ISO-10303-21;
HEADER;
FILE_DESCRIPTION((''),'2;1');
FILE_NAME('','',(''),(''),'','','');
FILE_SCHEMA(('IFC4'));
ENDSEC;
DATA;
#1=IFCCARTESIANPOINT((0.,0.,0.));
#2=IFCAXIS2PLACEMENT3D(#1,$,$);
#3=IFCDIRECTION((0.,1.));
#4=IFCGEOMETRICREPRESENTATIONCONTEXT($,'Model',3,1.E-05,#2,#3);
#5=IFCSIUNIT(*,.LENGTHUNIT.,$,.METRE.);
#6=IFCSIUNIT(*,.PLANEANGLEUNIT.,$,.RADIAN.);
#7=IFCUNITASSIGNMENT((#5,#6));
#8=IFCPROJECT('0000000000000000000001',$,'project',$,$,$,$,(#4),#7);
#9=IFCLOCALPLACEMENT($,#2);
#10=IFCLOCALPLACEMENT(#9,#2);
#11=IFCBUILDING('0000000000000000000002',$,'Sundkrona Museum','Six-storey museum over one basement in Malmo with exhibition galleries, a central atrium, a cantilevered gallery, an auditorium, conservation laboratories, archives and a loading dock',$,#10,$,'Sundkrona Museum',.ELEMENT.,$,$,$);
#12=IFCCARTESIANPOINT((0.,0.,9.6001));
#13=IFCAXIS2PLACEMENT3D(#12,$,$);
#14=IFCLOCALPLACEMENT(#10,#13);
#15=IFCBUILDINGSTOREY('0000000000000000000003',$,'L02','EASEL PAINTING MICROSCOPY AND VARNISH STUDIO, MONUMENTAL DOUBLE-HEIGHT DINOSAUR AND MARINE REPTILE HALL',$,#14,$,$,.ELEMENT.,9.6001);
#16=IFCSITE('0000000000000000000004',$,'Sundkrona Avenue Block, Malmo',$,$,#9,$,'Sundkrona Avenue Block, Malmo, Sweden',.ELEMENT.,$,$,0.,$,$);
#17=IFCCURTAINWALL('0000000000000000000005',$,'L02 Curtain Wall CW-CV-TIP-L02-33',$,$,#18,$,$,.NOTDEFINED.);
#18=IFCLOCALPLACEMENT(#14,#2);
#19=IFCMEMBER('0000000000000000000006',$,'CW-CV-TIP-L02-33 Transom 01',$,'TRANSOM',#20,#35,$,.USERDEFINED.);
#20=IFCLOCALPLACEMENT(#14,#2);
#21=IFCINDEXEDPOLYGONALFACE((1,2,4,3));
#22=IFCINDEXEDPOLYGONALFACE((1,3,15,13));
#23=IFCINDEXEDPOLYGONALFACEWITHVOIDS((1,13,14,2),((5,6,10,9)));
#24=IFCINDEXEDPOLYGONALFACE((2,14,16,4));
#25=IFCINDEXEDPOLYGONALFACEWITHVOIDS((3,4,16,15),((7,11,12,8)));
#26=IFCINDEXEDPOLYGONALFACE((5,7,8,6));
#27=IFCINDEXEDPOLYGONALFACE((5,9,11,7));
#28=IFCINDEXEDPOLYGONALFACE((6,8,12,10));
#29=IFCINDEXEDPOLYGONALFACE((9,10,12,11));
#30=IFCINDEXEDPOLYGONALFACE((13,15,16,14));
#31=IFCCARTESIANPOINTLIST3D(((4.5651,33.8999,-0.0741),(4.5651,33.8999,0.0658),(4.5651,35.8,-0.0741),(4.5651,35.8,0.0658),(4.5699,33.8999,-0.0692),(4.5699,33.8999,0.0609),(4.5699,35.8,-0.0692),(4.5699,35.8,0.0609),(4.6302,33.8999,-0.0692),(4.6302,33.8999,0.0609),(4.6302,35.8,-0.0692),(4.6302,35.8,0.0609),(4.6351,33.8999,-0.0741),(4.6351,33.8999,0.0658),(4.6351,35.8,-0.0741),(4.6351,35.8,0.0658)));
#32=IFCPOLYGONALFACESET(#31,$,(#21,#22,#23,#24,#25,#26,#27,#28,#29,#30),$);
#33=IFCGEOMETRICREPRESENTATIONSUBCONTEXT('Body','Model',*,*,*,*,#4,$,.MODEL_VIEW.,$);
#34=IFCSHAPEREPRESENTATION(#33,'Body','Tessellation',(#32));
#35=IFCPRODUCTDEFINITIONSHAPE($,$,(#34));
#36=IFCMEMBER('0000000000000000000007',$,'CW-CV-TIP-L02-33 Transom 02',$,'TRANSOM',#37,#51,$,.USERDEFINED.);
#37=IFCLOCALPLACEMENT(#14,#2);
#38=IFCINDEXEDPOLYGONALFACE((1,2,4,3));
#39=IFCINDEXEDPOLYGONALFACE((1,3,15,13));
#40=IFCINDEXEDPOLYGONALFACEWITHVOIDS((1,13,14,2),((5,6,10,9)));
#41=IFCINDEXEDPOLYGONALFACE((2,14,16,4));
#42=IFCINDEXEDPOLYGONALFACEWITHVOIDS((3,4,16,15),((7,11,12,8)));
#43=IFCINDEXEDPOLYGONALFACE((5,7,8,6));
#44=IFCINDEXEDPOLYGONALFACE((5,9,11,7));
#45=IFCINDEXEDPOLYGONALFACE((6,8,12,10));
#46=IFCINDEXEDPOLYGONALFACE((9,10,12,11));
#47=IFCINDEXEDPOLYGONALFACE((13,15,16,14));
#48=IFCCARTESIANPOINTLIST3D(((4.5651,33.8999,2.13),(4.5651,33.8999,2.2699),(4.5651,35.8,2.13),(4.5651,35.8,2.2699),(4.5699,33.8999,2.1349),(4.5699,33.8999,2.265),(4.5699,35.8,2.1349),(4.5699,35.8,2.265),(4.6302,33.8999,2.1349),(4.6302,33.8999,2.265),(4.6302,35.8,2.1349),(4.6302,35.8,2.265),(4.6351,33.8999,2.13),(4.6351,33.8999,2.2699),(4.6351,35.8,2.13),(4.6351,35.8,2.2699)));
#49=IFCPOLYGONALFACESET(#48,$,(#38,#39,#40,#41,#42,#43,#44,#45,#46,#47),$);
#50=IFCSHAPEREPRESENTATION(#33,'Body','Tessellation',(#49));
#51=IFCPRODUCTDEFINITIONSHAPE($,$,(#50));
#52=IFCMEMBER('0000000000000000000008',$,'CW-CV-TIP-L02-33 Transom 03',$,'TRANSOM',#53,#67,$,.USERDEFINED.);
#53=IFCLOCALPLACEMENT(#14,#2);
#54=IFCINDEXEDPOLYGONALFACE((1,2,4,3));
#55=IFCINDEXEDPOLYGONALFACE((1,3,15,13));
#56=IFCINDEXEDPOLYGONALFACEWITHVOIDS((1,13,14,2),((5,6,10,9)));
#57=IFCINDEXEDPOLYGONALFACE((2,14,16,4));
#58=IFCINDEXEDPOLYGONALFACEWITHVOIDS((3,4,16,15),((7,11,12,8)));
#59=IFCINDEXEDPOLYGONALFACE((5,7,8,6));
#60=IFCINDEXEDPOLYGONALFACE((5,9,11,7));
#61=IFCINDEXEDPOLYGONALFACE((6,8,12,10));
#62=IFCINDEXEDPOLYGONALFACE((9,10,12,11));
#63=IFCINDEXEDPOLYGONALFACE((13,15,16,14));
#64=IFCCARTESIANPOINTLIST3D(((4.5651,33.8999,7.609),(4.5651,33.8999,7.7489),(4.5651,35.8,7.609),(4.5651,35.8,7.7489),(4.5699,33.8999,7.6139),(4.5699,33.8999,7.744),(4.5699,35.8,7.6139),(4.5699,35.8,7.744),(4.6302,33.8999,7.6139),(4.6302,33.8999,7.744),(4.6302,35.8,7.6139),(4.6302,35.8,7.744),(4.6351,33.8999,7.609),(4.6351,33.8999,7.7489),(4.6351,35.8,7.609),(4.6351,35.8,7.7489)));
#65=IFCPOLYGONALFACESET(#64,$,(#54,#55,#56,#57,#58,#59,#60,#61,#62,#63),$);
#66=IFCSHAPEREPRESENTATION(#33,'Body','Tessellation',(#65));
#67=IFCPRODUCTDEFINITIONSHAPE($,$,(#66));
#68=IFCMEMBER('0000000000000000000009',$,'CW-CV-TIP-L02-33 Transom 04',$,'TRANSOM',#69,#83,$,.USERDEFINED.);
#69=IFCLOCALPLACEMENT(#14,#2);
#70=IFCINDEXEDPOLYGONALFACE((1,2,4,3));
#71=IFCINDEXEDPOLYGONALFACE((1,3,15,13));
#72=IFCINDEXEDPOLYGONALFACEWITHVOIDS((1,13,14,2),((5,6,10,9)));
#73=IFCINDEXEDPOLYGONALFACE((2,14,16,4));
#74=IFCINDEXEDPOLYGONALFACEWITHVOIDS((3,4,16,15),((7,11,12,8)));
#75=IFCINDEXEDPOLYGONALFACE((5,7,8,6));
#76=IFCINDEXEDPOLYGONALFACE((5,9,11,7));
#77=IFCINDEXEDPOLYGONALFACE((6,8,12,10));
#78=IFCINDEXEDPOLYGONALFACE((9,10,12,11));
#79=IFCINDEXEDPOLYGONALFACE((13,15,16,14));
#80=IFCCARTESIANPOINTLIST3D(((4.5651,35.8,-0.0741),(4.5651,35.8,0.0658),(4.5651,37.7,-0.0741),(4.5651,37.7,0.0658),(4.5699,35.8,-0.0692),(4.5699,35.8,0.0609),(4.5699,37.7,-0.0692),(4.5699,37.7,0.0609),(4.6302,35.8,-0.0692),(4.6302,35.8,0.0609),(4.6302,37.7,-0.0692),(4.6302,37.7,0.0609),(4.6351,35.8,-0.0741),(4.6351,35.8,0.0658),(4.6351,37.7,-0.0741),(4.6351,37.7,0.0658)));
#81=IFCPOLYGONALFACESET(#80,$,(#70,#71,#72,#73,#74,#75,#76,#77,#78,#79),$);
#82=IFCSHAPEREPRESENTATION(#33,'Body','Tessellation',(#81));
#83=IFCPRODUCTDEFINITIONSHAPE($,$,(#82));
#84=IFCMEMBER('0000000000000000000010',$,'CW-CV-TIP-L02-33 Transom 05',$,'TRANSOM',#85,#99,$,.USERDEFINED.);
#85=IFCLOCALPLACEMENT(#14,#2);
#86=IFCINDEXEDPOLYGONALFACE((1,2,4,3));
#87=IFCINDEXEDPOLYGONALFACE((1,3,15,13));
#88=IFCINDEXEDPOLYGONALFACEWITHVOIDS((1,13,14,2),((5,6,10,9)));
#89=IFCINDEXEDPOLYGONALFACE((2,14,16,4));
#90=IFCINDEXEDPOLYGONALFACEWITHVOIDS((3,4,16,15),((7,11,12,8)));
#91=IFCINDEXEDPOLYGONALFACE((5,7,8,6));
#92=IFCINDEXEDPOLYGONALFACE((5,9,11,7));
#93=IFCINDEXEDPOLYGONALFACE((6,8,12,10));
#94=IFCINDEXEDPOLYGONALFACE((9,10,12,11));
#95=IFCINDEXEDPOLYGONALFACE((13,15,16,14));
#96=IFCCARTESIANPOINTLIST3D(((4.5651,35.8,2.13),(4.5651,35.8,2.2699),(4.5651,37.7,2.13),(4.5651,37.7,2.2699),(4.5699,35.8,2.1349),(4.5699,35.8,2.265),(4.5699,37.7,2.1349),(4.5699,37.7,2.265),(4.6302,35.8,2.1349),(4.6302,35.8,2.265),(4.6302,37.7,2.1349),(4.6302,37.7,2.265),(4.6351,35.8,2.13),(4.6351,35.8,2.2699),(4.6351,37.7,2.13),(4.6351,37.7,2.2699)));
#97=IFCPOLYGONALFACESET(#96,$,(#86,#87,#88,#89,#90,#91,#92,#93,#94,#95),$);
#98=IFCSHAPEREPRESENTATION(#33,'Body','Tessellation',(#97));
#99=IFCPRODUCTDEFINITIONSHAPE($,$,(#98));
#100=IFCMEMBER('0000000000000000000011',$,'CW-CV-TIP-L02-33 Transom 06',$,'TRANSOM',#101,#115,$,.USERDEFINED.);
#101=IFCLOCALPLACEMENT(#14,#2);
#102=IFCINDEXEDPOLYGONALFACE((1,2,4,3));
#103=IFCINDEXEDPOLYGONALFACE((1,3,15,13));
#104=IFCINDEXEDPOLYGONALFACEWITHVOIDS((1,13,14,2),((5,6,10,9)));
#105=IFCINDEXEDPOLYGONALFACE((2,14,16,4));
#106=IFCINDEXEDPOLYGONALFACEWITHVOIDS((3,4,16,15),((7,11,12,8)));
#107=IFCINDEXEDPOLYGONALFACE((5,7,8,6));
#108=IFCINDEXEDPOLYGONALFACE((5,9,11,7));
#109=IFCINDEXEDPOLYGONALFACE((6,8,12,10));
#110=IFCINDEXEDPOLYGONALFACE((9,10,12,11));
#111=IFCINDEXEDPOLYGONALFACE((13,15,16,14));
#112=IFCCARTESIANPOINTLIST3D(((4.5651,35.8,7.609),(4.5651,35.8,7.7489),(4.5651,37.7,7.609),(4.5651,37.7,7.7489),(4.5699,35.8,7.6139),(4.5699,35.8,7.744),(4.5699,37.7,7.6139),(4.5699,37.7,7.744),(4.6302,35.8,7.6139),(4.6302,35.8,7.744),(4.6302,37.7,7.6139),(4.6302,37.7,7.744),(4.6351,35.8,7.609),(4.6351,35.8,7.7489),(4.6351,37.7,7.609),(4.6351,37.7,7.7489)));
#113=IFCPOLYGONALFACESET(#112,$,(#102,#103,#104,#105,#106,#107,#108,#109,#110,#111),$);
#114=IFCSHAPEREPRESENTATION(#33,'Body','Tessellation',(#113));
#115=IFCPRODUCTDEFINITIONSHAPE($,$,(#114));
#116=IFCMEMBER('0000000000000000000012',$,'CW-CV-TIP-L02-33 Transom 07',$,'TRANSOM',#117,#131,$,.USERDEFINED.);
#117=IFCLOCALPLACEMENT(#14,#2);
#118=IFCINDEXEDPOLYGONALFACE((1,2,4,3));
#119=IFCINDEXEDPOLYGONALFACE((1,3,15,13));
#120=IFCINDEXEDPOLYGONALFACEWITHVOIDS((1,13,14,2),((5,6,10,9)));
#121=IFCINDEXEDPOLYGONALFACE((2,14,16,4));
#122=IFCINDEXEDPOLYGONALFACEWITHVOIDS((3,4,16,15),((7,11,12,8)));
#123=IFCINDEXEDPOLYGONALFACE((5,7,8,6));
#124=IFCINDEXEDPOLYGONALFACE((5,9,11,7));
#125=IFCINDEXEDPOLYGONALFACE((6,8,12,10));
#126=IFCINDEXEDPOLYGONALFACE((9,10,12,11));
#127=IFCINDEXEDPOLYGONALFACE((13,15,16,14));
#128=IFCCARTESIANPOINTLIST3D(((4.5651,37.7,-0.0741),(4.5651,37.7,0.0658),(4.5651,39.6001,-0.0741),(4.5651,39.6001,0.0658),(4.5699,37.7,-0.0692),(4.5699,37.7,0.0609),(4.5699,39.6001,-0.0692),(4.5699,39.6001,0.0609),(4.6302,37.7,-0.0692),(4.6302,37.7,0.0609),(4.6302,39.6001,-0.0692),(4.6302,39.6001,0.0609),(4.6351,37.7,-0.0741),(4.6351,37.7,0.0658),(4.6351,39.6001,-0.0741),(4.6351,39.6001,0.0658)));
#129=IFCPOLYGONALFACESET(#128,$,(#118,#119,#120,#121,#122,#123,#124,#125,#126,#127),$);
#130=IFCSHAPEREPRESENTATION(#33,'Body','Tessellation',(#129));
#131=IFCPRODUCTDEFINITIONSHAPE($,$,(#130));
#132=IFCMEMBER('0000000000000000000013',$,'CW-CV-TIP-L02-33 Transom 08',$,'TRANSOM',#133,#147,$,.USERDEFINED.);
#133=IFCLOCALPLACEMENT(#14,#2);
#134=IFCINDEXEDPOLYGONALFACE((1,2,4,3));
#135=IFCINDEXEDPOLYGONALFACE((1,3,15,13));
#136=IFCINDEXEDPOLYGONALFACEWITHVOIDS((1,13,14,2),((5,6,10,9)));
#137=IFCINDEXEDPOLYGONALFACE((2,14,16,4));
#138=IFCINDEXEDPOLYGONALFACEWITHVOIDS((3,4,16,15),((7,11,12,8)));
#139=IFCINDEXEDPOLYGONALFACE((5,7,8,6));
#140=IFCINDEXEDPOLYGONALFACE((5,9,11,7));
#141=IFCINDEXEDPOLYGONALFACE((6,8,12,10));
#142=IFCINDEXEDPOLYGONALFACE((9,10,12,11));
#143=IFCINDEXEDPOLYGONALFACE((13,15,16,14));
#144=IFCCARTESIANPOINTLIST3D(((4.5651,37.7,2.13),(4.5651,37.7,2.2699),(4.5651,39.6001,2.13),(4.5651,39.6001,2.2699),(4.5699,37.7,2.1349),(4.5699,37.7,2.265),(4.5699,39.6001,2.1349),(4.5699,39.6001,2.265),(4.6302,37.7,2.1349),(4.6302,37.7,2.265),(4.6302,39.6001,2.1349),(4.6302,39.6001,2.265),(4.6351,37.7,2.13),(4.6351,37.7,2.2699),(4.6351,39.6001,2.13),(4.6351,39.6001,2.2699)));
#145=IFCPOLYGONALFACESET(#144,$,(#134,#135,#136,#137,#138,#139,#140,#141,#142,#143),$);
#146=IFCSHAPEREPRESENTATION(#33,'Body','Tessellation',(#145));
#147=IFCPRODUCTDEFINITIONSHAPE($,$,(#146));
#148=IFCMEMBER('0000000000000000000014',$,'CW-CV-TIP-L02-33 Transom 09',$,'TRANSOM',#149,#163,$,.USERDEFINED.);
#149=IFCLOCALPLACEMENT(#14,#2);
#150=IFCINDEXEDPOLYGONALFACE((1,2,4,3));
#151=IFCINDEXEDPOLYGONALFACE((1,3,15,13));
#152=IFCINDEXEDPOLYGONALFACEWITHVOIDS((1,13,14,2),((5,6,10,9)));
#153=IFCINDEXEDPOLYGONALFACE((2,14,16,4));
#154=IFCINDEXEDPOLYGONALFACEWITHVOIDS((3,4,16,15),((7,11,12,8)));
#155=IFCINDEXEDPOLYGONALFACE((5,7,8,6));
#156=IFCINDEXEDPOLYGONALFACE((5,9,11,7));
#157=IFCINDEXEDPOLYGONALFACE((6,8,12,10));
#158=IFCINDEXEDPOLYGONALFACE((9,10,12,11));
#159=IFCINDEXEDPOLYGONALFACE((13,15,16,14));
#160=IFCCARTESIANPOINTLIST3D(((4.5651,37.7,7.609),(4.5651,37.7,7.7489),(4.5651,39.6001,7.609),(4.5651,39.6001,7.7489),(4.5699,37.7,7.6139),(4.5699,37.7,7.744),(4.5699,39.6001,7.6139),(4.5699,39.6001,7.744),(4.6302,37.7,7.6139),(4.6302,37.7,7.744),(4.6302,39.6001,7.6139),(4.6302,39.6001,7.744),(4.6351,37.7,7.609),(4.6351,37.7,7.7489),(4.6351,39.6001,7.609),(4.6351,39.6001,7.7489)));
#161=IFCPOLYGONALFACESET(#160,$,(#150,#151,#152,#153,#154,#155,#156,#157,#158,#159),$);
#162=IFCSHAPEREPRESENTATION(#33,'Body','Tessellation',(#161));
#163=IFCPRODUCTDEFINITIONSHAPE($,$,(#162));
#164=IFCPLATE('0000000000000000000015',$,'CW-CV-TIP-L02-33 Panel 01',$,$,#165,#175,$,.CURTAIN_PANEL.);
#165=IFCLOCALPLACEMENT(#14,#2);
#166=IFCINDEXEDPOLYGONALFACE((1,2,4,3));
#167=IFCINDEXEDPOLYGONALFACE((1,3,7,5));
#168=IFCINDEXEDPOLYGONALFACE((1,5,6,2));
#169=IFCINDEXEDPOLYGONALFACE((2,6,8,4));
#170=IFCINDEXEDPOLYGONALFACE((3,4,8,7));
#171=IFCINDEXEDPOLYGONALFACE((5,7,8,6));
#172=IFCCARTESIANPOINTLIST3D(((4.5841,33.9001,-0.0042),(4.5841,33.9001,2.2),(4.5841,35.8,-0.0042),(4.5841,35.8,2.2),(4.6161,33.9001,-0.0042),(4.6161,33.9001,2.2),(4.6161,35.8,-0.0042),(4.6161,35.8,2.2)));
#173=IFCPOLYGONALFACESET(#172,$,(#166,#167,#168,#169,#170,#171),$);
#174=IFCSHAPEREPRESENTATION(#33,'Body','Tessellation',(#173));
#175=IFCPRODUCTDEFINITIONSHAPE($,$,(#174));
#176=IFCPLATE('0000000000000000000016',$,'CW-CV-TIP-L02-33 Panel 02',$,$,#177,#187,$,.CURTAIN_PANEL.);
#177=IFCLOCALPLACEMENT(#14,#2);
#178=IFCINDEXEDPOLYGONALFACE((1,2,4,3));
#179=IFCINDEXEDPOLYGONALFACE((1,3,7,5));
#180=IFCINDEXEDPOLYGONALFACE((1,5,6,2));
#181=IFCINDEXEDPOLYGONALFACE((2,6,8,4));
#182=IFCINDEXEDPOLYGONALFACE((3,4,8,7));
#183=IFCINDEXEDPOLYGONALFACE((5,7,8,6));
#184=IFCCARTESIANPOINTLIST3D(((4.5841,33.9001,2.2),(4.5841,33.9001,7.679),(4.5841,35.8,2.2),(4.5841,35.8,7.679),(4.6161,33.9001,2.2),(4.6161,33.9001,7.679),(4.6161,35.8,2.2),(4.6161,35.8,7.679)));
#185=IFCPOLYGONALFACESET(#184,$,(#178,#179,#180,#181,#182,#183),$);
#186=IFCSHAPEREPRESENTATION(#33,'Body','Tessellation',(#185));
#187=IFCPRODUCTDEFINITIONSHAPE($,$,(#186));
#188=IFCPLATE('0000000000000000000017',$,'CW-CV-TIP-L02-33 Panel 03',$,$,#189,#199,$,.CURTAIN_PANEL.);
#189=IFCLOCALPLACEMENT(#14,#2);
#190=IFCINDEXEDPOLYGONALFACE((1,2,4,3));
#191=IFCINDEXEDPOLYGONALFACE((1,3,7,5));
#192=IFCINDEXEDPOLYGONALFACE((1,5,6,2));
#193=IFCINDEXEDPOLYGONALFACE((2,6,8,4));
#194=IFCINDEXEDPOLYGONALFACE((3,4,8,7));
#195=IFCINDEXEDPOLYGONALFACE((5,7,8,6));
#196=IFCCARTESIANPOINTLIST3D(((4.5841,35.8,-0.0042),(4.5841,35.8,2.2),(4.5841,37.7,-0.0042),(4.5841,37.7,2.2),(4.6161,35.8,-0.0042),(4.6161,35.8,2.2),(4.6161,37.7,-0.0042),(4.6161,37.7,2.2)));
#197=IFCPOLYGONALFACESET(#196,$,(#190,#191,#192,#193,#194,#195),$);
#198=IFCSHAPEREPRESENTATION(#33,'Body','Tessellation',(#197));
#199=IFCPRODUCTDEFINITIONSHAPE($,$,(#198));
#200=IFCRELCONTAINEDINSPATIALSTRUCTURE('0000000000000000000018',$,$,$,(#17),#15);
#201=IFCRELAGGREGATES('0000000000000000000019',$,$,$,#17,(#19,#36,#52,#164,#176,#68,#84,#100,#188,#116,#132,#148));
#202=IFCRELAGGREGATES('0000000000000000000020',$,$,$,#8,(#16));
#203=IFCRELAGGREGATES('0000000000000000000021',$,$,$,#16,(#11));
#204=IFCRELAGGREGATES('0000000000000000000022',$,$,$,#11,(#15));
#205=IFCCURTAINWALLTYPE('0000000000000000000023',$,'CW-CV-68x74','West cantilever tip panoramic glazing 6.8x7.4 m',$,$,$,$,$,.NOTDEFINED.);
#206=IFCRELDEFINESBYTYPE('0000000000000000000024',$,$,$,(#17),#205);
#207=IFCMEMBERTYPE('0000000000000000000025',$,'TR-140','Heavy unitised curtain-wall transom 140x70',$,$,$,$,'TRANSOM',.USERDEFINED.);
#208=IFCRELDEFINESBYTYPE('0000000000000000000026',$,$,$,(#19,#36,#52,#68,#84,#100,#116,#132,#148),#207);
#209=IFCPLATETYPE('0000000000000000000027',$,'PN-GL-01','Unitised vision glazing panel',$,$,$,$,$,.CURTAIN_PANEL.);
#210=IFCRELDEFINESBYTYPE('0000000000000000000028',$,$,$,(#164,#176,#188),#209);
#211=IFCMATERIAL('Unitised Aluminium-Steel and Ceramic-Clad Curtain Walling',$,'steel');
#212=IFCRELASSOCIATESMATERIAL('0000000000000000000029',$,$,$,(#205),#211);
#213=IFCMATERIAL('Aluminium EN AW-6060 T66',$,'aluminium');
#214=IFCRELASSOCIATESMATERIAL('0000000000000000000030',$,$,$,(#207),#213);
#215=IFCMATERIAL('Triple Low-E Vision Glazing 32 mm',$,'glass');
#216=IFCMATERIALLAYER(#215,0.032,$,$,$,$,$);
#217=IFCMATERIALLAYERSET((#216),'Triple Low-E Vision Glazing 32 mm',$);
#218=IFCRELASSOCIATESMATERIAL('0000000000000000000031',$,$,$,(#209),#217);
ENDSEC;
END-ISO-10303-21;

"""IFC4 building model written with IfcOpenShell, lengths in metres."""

from ifc_helpers import new_model, si_unit, direction, frame, origin, origin_2d, place, context, subcontext, project, spatial, rectangle, hollow_rectangle, extrude, material, layer, layer_set, material_profile, profile_set, type_object, element, aggregate, save


model = new_model("IFC4")

# Units and contexts
model_context = context("Model", 3, precision=1e-05, world=origin(), true_north=direction((0.0, 1.0)))
body_context = subcontext(model_context, "Body", "Model", "MODEL_VIEW")
ifc_project = project(units=[si_unit("LENGTHUNIT", "METRE"), si_unit("PLANEANGLEUNIT", "RADIAN")], contexts=[model_context])

# Site, building, storey
site_placement = place(None, origin())
site = spatial("IfcSite", under=ifc_project, at=site_placement, Name="Sundkrona Avenue Block, Malmo", LongName="Sundkrona Avenue Block, Malmo, Sweden", CompositionType="ELEMENT", RefElevation=0.0)
building_placement = place(site_placement, origin())
building = spatial("IfcBuilding", under=site, at=building_placement, Name="Sundkrona Museum", Description="Six-storey museum over one basement in Malmo with exhibition galleries, a central atrium, a cantilevered gallery, an auditorium, conservation laboratories, archives and a loading dock", LongName="Sundkrona Museum", CompositionType="ELEMENT")
storey_placement = place(building_placement, frame((0.0, 0.0, 9.6001)))
storey = spatial("IfcBuildingStorey", under=building, at=storey_placement, Name="L02", Description="EASEL PAINTING MICROSCOPY AND VARNISH STUDIO, MONUMENTAL DOUBLE-HEIGHT DINOSAUR AND MARINE REPTILE HALL", CompositionType="ELEMENT", Elevation=9.6001)

# Shared definitions
ifc_material_1 = material(Name="Unitised Aluminium-Steel and Ceramic-Clad Curtain Walling", Category="steel")
ifc_material_2 = material(Name="Aluminium EN AW-6060 T66", Category="aluminium")

# Curtain wall, members, plates
curtain_wall_type_1 = type_object("IfcCurtainWallType", Name="CW-CV-68x74", Description="West cantilever tip panoramic glazing 6.8x7.4 m", PredefinedType="NOTDEFINED", material=ifc_material_1)
curtain_wall_1_placement = place(storey_placement, origin())
curtain_wall_1 = element("IfcCurtainWall", 1, at=curtain_wall_1_placement, inside=storey, type_object=curtain_wall_type_1, Name="L02 Curtain Wall CW-CV-TIP-L02-33", PredefinedType="NOTDEFINED")
ifc_material_profile_1 = material_profile(ifc_material_2, hollow_rectangle(XDim=0.0701, YDim=0.1399, WallThickness=0.0049, at=origin_2d()), Name="RHS 140x70x5.0")
ifc_profile_set_1 = profile_set([ifc_material_profile_1], Name="Aluminium EN AW-6060 T66")
member_type_1 = type_object("IfcMemberType", Name="TR-140", Description="Heavy unitised curtain-wall transom 140x70", ElementType="TRANSOM", PredefinedType="USERDEFINED", material=ifc_profile_set_1)
member_1_placement = place(storey_placement, frame((4.6001, 33.8999, -0.0042), z_axis=(0.0, 1.0, 0.0), x_axis=(-1.0, 0.0, 0.0)))
member_1 = element("IfcMember", 2, at=member_1_placement, type_object=member_type_1, Name="CW-CV-TIP-L02-33 Transom 01", ObjectType="TRANSOM", PredefinedType="USERDEFINED", context=body_context, shape_type="SweptSolid", body=[
    extrude(hollow_rectangle(XDim=0.0701, YDim=0.1399, WallThickness=0.0049, at=origin_2d()), origin(), (0.0, 0.0, 1.0), 1.9001),
])
member_2_placement = place(storey_placement, frame((4.6001, 33.8999, 2.2), z_axis=(0.0, 1.0, 0.0), x_axis=(-1.0, 0.0, 0.0)))
member_2 = element("IfcMember", 3, at=member_2_placement, type_object=member_type_1, Name="CW-CV-TIP-L02-33 Transom 02", ObjectType="TRANSOM", PredefinedType="USERDEFINED", context=body_context, shape_type="SweptSolid", body=[
    extrude(hollow_rectangle(XDim=0.0701, YDim=0.1399, WallThickness=0.0049, at=origin_2d()), origin(), (0.0, 0.0, 1.0), 1.9001),
])
member_3_placement = place(storey_placement, frame((4.6001, 33.8999, 7.679), z_axis=(0.0, 1.0, 0.0), x_axis=(-1.0, 0.0, 0.0)))
member_3 = element("IfcMember", 4, at=member_3_placement, type_object=member_type_1, Name="CW-CV-TIP-L02-33 Transom 03", ObjectType="TRANSOM", PredefinedType="USERDEFINED", context=body_context, shape_type="SweptSolid", body=[
    extrude(hollow_rectangle(XDim=0.0701, YDim=0.1399, WallThickness=0.0049, at=origin_2d()), origin(), (0.0, 0.0, 1.0), 1.9001),
])
member_4_placement = place(storey_placement, frame((4.6001, 35.8, -0.0042), z_axis=(0.0, 1.0, 0.0), x_axis=(-1.0, 0.0, 0.0)))
member_4 = element("IfcMember", 5, at=member_4_placement, type_object=member_type_1, Name="CW-CV-TIP-L02-33 Transom 04", ObjectType="TRANSOM", PredefinedType="USERDEFINED", context=body_context, shape_type="SweptSolid", body=[
    extrude(hollow_rectangle(XDim=0.0701, YDim=0.1399, WallThickness=0.0049, at=origin_2d()), origin(), (0.0, 0.0, 1.0), 1.8999),
])
member_5_placement = place(storey_placement, frame((4.6001, 35.8, 2.2), z_axis=(0.0, 1.0, 0.0), x_axis=(-1.0, 0.0, 0.0)))
member_5 = element("IfcMember", 6, at=member_5_placement, type_object=member_type_1, Name="CW-CV-TIP-L02-33 Transom 05", ObjectType="TRANSOM", PredefinedType="USERDEFINED", context=body_context, shape_type="SweptSolid", body=[
    extrude(hollow_rectangle(XDim=0.0701, YDim=0.1399, WallThickness=0.0049, at=origin_2d()), origin(), (0.0, 0.0, 1.0), 1.8999),
])
member_6_placement = place(storey_placement, frame((4.6001, 35.8, 7.679), z_axis=(0.0, 1.0, 0.0), x_axis=(-1.0, 0.0, 0.0)))
member_6 = element("IfcMember", 7, at=member_6_placement, type_object=member_type_1, Name="CW-CV-TIP-L02-33 Transom 06", ObjectType="TRANSOM", PredefinedType="USERDEFINED", context=body_context, shape_type="SweptSolid", body=[
    extrude(hollow_rectangle(XDim=0.0701, YDim=0.1399, WallThickness=0.0049, at=origin_2d()), origin(), (0.0, 0.0, 1.0), 1.8999),
])
member_7_placement = place(storey_placement, frame((4.6001, 37.7, -0.0042), z_axis=(0.0, 1.0, 0.0), x_axis=(-1.0, 0.0, 0.0)))
member_7 = element("IfcMember", 8, at=member_7_placement, type_object=member_type_1, Name="CW-CV-TIP-L02-33 Transom 07", ObjectType="TRANSOM", PredefinedType="USERDEFINED", context=body_context, shape_type="SweptSolid", body=[
    extrude(hollow_rectangle(XDim=0.0701, YDim=0.1399, WallThickness=0.0049, at=origin_2d()), origin(), (0.0, 0.0, 1.0), 1.9001),
])
member_8_placement = place(storey_placement, frame((4.6001, 37.7, 2.2), z_axis=(0.0, 1.0, 0.0), x_axis=(-1.0, 0.0, 0.0)))
member_8 = element("IfcMember", 9, at=member_8_placement, type_object=member_type_1, Name="CW-CV-TIP-L02-33 Transom 08", ObjectType="TRANSOM", PredefinedType="USERDEFINED", context=body_context, shape_type="SweptSolid", body=[
    extrude(hollow_rectangle(XDim=0.0701, YDim=0.1399, WallThickness=0.0049, at=origin_2d()), origin(), (0.0, 0.0, 1.0), 1.9001),
])
member_9_placement = place(storey_placement, frame((4.6001, 37.7, 7.679), z_axis=(0.0, 1.0, 0.0), x_axis=(-1.0, 0.0, 0.0)))
member_9 = element("IfcMember", 10, at=member_9_placement, type_object=member_type_1, Name="CW-CV-TIP-L02-33 Transom 09", ObjectType="TRANSOM", PredefinedType="USERDEFINED", context=body_context, shape_type="SweptSolid", body=[
    extrude(hollow_rectangle(XDim=0.0701, YDim=0.1399, WallThickness=0.0049, at=origin_2d()), origin(), (0.0, 0.0, 1.0), 1.9001),
])
ifc_material_3 = material(Name="Triple Low-E Vision Glazing 32 mm", Category="glass")
ifc_layer = layer(ifc_material_3, 0.032)
ifc_layer_set = layer_set([ifc_layer], Name="Triple Low-E Vision Glazing 32 mm")
plate_type = type_object("IfcPlateType", Name="PN-GL-01", Description="Unitised vision glazing panel", PredefinedType="CURTAIN_PANEL", material=ifc_layer_set)
plate_1_placement = place(storey_placement, frame((4.6001, 34.8501, -0.0042), z_axis=(0.0, 0.0, 1.0), x_axis=(0.0, 1.0, 0.0)))
plate_1 = element("IfcPlate", 11, at=plate_1_placement, type_object=plate_type, Name="CW-CV-TIP-L02-33 Panel 01", PredefinedType="CURTAIN_PANEL", context=body_context, shape_type="SweptSolid", body=[
    extrude(rectangle(XDim=1.8999, YDim=0.032, at=origin_2d()), origin(), (0.0, 0.0, 1.0), 2.2041),
])
plate_2_placement = place(storey_placement, frame((4.6001, 34.8501, 2.2), z_axis=(0.0, 0.0, 1.0), x_axis=(0.0, 1.0, 0.0)))
plate_2 = element("IfcPlate", 12, at=plate_2_placement, type_object=plate_type, Name="CW-CV-TIP-L02-33 Panel 02", PredefinedType="CURTAIN_PANEL", context=body_context, shape_type="SweptSolid", body=[
    extrude(rectangle(XDim=1.8999, YDim=0.032, at=origin_2d()), origin(), (0.0, 0.0, 1.0), 5.479),
])
plate_3_placement = place(storey_placement, frame((4.6001, 36.75, -0.0042), z_axis=(0.0, 0.0, 1.0), x_axis=(0.0, 1.0, 0.0)))
plate_3 = element("IfcPlate", 13, at=plate_3_placement, type_object=plate_type, Name="CW-CV-TIP-L02-33 Panel 03", PredefinedType="CURTAIN_PANEL", context=body_context, shape_type="SweptSolid", body=[
    extrude(rectangle(XDim=1.8999, YDim=0.032, at=origin_2d()), origin(), (0.0, 0.0, 1.0), 2.2041),
])
aggregate(curtain_wall_1, [member_1, member_2, member_3, plate_1, plate_2, member_4, member_5, member_6, plate_3, member_7, member_8, member_9])

save(model, "model.ifc")
